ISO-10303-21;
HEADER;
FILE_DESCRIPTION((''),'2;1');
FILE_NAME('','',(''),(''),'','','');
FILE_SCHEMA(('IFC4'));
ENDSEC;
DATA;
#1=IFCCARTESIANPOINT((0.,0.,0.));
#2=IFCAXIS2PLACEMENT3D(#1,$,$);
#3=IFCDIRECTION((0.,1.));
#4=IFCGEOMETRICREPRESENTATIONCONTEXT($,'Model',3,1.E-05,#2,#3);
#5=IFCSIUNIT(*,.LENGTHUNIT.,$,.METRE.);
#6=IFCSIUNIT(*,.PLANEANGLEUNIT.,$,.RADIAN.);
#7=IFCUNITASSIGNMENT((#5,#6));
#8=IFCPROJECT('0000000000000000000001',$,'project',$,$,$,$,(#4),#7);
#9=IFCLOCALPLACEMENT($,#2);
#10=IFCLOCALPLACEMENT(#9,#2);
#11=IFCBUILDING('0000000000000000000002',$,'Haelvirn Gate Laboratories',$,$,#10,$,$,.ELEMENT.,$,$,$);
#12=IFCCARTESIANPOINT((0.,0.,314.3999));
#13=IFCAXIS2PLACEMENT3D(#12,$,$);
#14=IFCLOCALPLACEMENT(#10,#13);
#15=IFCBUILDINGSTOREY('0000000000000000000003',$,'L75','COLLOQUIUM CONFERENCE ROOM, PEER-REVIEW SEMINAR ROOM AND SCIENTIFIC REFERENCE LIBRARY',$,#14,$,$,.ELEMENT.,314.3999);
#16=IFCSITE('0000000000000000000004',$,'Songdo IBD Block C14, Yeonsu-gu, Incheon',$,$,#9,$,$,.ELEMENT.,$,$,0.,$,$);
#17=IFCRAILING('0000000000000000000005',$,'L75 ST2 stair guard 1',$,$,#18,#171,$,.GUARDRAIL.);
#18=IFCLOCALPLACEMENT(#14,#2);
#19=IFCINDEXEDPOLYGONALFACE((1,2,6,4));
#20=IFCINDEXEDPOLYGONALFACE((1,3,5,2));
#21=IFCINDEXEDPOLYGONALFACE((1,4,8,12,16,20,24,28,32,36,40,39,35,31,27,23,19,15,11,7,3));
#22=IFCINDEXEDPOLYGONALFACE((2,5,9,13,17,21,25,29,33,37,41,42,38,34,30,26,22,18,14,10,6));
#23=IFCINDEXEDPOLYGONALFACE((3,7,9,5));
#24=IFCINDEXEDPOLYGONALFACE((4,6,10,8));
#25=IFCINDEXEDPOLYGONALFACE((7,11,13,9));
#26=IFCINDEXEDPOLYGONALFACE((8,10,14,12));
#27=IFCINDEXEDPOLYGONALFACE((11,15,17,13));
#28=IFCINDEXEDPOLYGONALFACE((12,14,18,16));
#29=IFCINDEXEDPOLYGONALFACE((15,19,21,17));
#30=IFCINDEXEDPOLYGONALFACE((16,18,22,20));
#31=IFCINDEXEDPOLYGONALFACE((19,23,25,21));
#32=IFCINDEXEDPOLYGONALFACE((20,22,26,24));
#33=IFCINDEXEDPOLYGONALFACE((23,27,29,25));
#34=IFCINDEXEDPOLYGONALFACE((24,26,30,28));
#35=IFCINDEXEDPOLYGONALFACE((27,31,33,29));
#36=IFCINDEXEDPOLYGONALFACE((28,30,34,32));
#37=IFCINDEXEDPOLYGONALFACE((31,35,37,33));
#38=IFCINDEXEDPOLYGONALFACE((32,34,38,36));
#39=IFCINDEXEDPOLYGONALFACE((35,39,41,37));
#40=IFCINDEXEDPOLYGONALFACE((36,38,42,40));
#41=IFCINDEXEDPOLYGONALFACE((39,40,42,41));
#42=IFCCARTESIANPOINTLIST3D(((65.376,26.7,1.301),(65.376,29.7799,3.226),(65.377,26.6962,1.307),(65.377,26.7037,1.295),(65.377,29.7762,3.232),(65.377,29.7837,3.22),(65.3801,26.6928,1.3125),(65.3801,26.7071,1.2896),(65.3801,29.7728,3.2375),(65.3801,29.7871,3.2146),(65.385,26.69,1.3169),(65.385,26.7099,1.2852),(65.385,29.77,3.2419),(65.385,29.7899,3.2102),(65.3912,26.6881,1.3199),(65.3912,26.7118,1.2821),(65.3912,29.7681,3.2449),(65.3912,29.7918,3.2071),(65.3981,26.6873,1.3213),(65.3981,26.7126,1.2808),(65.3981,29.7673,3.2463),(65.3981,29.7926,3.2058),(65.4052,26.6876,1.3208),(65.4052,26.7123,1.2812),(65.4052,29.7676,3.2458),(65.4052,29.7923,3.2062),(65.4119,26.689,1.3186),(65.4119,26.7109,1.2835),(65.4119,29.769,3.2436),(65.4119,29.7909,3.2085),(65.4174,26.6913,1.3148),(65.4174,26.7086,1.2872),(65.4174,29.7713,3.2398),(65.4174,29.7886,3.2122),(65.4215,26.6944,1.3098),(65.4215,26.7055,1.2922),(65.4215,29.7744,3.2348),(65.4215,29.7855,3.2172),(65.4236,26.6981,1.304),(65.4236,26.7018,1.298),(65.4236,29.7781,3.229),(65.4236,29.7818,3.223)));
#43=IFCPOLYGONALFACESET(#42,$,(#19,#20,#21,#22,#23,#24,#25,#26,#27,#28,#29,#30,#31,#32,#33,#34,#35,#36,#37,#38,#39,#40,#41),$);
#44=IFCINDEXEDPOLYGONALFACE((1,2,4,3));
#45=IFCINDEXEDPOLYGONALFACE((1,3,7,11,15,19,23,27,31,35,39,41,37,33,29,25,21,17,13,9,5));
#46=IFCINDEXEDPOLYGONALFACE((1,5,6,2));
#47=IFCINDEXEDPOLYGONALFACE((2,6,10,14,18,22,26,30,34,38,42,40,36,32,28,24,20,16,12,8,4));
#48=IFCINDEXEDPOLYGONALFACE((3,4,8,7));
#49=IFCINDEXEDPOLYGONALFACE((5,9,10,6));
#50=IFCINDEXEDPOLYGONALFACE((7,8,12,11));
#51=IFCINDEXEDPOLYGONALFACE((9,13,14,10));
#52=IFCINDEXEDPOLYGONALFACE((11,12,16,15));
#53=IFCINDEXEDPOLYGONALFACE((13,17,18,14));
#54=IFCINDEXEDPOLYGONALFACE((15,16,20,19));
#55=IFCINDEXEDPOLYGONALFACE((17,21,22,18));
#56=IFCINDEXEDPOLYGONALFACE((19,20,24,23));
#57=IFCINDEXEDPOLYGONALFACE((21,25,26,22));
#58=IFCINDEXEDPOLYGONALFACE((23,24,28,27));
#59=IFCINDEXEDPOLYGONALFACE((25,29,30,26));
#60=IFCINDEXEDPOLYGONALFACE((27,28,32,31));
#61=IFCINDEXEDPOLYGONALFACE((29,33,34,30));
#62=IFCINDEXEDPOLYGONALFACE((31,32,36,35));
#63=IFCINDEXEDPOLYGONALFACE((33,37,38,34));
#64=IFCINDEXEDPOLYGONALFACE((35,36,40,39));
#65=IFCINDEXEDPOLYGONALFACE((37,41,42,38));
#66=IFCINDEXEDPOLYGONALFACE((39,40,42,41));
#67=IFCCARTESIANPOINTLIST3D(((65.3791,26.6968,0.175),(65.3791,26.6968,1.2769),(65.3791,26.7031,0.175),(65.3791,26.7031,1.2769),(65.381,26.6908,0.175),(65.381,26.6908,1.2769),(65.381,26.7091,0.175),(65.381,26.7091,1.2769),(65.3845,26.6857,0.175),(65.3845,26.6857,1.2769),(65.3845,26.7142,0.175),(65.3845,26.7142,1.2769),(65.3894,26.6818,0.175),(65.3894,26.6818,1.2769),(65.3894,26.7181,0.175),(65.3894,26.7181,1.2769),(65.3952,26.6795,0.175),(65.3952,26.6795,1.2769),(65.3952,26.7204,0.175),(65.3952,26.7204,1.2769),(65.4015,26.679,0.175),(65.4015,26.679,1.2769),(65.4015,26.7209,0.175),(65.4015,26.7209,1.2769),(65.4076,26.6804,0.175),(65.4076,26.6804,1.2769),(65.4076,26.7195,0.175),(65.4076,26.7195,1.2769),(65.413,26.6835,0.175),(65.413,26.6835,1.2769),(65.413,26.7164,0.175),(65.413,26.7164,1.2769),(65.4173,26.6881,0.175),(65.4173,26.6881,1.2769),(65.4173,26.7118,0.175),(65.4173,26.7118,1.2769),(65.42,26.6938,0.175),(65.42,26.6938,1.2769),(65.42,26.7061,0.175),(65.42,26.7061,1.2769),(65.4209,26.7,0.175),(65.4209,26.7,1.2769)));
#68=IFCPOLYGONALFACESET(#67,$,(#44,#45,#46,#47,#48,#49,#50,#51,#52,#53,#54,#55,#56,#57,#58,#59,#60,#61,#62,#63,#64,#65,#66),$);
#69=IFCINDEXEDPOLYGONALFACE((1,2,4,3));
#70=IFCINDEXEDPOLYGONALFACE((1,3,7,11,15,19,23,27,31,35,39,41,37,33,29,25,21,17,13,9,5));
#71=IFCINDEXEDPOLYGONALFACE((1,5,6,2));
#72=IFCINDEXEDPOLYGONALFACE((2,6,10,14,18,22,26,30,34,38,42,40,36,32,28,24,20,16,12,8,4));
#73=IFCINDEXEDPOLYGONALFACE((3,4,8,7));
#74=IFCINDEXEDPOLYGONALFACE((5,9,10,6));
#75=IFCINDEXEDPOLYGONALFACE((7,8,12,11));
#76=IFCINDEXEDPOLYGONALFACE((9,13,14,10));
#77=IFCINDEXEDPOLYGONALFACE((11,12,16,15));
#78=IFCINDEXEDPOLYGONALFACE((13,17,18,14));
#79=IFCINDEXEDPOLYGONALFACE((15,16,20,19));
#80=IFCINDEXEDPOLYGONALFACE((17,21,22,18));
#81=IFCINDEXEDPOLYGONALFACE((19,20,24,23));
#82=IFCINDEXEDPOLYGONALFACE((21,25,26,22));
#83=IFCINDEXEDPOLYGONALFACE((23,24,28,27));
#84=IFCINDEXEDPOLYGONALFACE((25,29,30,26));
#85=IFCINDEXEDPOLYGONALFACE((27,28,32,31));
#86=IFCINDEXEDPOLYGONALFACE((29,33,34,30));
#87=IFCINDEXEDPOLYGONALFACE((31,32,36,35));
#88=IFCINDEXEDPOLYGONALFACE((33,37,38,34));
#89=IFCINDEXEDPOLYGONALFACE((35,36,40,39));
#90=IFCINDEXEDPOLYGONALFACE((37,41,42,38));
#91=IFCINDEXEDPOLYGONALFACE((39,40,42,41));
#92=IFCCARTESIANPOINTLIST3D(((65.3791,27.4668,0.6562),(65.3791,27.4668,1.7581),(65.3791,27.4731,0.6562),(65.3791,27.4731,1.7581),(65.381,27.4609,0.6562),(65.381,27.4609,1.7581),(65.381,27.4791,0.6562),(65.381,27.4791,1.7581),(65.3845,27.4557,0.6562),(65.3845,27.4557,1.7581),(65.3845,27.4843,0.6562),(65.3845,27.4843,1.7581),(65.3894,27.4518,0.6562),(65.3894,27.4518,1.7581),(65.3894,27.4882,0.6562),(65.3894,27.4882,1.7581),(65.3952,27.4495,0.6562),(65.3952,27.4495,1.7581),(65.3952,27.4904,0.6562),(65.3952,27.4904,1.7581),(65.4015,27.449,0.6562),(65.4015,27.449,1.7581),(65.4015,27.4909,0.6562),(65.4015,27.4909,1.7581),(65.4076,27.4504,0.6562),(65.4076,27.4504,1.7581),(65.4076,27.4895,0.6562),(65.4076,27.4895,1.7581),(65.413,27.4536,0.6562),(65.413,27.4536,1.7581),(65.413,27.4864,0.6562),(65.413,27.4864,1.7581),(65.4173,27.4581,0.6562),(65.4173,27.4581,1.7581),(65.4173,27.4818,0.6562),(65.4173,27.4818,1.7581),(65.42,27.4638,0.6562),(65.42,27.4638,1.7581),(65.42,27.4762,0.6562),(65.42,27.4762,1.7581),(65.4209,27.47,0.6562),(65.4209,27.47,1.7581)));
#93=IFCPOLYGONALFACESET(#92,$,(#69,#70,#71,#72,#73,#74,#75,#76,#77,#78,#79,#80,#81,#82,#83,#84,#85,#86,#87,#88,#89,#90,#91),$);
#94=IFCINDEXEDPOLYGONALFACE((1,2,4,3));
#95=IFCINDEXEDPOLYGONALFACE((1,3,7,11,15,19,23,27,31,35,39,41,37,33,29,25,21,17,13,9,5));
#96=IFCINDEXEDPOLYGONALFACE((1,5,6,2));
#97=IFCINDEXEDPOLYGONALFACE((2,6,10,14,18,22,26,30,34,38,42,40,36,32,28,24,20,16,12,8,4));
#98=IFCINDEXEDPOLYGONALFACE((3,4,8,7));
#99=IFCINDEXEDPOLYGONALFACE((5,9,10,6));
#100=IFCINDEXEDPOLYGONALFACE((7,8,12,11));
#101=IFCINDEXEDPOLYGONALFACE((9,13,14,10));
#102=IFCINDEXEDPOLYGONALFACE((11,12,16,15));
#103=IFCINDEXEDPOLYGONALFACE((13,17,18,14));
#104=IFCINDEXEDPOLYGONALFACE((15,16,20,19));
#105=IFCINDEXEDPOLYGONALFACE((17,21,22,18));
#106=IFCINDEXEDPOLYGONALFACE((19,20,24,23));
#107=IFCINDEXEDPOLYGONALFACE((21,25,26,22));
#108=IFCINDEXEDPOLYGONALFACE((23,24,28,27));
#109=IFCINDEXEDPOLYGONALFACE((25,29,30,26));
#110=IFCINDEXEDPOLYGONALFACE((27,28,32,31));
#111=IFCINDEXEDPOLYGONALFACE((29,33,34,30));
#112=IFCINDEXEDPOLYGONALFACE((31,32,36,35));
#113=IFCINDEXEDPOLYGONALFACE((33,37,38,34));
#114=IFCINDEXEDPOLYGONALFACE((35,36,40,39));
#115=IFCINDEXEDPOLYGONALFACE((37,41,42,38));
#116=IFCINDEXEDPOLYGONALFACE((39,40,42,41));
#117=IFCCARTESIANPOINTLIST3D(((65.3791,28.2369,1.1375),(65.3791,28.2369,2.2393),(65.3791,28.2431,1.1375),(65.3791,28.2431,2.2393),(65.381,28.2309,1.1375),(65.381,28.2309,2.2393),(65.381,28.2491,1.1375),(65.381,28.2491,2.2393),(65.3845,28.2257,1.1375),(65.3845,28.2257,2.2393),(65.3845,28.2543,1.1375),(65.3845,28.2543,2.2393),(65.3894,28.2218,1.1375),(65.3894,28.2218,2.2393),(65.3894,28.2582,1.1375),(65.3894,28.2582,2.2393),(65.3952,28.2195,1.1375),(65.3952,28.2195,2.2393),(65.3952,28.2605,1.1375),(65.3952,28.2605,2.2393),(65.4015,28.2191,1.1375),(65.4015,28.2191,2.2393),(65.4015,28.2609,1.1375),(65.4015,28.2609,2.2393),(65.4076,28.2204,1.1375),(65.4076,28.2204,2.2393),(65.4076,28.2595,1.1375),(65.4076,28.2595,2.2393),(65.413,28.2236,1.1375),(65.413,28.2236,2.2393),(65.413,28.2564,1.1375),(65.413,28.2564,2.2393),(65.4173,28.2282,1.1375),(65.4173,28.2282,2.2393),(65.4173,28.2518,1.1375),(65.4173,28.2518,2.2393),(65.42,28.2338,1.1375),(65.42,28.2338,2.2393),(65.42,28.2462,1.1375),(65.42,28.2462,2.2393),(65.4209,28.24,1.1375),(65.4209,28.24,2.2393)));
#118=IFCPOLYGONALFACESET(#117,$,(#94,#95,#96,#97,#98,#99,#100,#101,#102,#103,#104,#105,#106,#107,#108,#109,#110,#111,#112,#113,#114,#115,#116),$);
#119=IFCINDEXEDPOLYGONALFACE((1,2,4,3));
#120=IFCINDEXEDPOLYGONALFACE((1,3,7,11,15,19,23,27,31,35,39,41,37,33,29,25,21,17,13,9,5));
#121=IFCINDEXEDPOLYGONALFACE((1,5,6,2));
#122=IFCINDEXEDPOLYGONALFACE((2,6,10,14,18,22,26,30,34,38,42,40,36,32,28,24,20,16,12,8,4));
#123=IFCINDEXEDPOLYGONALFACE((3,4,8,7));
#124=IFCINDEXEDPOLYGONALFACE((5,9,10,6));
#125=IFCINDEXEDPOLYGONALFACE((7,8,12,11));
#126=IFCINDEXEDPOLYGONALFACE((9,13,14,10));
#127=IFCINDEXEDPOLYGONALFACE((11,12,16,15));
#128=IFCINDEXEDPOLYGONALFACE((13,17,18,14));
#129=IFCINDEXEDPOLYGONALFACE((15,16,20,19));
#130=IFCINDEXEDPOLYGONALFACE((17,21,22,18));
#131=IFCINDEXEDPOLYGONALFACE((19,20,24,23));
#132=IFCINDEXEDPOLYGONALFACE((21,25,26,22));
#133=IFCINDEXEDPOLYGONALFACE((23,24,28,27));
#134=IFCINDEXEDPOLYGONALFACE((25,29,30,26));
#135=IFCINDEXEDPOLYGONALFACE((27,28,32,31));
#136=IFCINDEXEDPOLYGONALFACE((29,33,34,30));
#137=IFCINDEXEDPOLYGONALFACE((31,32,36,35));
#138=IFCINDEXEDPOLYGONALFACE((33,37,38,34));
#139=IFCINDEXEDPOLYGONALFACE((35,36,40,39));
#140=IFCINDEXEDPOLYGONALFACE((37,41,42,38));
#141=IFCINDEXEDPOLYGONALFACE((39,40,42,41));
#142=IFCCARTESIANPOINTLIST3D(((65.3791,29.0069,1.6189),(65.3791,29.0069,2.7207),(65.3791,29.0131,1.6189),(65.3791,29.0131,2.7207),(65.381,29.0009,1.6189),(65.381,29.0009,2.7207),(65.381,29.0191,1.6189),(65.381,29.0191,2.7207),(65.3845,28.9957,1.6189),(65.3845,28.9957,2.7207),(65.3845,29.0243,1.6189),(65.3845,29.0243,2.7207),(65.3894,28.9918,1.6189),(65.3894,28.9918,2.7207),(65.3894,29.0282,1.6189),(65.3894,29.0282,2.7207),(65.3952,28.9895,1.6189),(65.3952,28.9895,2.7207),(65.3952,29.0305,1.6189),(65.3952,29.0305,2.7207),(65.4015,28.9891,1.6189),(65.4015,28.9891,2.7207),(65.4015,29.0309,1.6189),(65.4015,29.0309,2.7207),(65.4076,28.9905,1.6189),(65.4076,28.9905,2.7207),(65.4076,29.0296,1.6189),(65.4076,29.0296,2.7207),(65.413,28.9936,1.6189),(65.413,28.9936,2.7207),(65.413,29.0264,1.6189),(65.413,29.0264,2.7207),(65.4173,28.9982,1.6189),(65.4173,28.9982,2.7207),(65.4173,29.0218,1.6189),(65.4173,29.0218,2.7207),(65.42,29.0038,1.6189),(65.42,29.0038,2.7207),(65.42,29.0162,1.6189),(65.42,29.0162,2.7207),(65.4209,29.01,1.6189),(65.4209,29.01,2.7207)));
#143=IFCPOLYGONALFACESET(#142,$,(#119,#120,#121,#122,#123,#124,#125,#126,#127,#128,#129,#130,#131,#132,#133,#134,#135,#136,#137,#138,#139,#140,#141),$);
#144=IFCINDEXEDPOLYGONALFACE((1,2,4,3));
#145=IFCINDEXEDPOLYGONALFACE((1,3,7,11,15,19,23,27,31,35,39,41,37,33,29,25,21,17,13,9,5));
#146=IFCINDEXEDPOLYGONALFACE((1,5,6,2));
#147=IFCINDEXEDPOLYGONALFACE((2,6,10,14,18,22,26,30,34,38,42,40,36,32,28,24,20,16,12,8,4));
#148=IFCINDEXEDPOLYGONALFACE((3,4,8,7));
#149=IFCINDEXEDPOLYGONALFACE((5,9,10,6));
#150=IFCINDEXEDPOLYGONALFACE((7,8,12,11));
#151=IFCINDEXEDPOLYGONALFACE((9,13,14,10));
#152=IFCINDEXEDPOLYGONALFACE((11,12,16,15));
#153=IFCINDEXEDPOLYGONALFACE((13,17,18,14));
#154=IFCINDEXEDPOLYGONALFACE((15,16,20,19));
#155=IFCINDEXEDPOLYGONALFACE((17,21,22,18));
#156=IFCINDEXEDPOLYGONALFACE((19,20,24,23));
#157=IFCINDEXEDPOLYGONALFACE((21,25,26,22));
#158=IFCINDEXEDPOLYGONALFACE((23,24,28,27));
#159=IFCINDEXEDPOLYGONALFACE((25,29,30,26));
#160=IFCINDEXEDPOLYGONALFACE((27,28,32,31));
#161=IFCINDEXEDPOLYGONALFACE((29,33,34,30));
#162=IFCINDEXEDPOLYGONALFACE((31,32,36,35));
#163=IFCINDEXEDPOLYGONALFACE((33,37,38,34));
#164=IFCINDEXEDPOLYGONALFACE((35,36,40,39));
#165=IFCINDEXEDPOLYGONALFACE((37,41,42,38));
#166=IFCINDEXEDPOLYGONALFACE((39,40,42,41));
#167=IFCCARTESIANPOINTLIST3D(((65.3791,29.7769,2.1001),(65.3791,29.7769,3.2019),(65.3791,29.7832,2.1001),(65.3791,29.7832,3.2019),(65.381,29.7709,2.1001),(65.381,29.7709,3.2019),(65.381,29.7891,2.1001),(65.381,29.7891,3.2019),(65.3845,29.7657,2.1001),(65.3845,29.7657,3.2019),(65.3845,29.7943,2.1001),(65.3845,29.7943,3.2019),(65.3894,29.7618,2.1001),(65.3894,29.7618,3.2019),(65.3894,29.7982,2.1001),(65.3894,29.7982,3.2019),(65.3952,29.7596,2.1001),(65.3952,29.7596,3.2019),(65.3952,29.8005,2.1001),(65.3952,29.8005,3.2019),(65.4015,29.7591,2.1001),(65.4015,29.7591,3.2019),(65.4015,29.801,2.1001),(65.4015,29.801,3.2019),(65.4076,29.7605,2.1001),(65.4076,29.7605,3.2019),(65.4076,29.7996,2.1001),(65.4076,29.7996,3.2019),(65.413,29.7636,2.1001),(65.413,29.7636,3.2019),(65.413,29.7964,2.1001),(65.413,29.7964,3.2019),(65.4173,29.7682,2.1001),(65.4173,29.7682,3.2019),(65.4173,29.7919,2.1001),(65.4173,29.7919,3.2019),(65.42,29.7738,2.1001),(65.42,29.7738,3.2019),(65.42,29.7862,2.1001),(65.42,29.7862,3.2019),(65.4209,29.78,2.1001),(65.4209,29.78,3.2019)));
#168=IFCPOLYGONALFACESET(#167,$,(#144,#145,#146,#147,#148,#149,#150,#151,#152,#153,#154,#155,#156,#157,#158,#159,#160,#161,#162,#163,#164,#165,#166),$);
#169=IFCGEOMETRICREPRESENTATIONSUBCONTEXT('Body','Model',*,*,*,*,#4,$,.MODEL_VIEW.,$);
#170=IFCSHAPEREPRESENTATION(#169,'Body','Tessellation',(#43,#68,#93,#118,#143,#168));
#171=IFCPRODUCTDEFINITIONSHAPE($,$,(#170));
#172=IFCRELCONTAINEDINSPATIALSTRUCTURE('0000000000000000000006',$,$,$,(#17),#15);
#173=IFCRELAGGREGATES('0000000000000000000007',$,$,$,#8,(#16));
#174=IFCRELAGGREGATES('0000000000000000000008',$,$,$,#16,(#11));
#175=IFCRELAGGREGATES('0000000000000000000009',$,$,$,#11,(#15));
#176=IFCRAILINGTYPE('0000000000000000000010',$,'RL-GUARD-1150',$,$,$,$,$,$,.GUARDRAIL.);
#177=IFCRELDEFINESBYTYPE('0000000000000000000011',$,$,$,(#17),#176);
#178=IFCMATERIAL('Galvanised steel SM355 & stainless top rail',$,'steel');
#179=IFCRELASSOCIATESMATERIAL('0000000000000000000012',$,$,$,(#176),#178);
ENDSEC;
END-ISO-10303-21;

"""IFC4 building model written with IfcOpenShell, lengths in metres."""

from ifc_helpers import new_model, si_unit, direction, frame, origin, origin_2d, place, context, subcontext, project, spatial, circle, extrude, source, transform, mapped, material, type_object, element, save


model = new_model("IFC4")

# Units and contexts
model_context = context("Model", 3, precision=1e-05, world=origin(), true_north=direction((0.0, 1.0)))
body_context = subcontext(model_context, "Body", "Model", "MODEL_VIEW")
ifc_project = project(units=[si_unit("LENGTHUNIT", "METRE"), si_unit("PLANEANGLEUNIT", "RADIAN")], contexts=[model_context])

# Site, building, storey
site_placement = place(None, origin())
site = spatial("IfcSite", under=ifc_project, at=site_placement, Name="Songdo IBD Block C14, Yeonsu-gu, Incheon", CompositionType="ELEMENT", RefElevation=0.0)
building_placement = place(site_placement, origin())
building = spatial("IfcBuilding", under=site, at=building_placement, Name="Haelvirn Gate Laboratories", CompositionType="ELEMENT")
storey_placement = place(building_placement, frame((0.0, 0.0, 314.3999)))
storey = spatial("IfcBuildingStorey", under=building, at=storey_placement, Name="L75", Description="COLLOQUIUM CONFERENCE ROOM, PEER-REVIEW SEMINAR ROOM AND SCIENTIFIC REFERENCE LIBRARY", CompositionType="ELEMENT", Elevation=314.3999)

# Railing
ifc_material_1 = material(Name="Galvanised steel SM355 & stainless top rail", Category="steel")
railing_type_1 = type_object("IfcRailingType", Name="RL-GUARD-1150", PredefinedType="GUARDRAIL", material=ifc_material_1)
shared_shape_1 = source(origin(), body_context, "Body", "SweptSolid", [
    extrude(circle(Radius=0.0239, at=origin_2d()), frame((0.0, 0.0, 1.126), z_axis=(0.0, 0.847998, 0.529999), x_axis=(-1.0, 0.0, 0.0)), (0.0, 0.0, 1.0), 3.6321),
    extrude(circle(Radius=0.021, at=origin_2d()), origin(), (0.0, 0.0, 1.0), 1.1018),
    extrude(circle(Radius=0.021, at=origin_2d()), frame((0.0, 0.77, 0.4812)), (0.0, 0.0, 1.0), 1.1018),
    extrude(circle(Radius=0.021, at=origin_2d()), frame((0.0, 1.54, 0.9624)), (0.0, 0.0, 1.0), 1.1018),
    extrude(circle(Radius=0.021, at=origin_2d()), frame((0.0, 2.3101, 1.4438)), (0.0, 0.0, 1.0), 1.1018),
    extrude(circle(Radius=0.021, at=origin_2d()), frame((0.0, 3.0801, 1.925)), (0.0, 0.0, 1.0), 1.1018),
])
railing_1_placement = place(storey_placement, frame((65.3999, 26.7, 0.175)))
element("IfcRailing", 1, at=railing_1_placement, inside=storey, type_object=railing_type_1, Name="L75 ST2 stair guard 1", PredefinedType="GUARDRAIL", context=body_context, shape_type="MappedRepresentation", body=[
    mapped(shared_shape_1, transform((0.0, 0.0, 0.0), scale=1.0)),
])

save(model, "model.ifc")
